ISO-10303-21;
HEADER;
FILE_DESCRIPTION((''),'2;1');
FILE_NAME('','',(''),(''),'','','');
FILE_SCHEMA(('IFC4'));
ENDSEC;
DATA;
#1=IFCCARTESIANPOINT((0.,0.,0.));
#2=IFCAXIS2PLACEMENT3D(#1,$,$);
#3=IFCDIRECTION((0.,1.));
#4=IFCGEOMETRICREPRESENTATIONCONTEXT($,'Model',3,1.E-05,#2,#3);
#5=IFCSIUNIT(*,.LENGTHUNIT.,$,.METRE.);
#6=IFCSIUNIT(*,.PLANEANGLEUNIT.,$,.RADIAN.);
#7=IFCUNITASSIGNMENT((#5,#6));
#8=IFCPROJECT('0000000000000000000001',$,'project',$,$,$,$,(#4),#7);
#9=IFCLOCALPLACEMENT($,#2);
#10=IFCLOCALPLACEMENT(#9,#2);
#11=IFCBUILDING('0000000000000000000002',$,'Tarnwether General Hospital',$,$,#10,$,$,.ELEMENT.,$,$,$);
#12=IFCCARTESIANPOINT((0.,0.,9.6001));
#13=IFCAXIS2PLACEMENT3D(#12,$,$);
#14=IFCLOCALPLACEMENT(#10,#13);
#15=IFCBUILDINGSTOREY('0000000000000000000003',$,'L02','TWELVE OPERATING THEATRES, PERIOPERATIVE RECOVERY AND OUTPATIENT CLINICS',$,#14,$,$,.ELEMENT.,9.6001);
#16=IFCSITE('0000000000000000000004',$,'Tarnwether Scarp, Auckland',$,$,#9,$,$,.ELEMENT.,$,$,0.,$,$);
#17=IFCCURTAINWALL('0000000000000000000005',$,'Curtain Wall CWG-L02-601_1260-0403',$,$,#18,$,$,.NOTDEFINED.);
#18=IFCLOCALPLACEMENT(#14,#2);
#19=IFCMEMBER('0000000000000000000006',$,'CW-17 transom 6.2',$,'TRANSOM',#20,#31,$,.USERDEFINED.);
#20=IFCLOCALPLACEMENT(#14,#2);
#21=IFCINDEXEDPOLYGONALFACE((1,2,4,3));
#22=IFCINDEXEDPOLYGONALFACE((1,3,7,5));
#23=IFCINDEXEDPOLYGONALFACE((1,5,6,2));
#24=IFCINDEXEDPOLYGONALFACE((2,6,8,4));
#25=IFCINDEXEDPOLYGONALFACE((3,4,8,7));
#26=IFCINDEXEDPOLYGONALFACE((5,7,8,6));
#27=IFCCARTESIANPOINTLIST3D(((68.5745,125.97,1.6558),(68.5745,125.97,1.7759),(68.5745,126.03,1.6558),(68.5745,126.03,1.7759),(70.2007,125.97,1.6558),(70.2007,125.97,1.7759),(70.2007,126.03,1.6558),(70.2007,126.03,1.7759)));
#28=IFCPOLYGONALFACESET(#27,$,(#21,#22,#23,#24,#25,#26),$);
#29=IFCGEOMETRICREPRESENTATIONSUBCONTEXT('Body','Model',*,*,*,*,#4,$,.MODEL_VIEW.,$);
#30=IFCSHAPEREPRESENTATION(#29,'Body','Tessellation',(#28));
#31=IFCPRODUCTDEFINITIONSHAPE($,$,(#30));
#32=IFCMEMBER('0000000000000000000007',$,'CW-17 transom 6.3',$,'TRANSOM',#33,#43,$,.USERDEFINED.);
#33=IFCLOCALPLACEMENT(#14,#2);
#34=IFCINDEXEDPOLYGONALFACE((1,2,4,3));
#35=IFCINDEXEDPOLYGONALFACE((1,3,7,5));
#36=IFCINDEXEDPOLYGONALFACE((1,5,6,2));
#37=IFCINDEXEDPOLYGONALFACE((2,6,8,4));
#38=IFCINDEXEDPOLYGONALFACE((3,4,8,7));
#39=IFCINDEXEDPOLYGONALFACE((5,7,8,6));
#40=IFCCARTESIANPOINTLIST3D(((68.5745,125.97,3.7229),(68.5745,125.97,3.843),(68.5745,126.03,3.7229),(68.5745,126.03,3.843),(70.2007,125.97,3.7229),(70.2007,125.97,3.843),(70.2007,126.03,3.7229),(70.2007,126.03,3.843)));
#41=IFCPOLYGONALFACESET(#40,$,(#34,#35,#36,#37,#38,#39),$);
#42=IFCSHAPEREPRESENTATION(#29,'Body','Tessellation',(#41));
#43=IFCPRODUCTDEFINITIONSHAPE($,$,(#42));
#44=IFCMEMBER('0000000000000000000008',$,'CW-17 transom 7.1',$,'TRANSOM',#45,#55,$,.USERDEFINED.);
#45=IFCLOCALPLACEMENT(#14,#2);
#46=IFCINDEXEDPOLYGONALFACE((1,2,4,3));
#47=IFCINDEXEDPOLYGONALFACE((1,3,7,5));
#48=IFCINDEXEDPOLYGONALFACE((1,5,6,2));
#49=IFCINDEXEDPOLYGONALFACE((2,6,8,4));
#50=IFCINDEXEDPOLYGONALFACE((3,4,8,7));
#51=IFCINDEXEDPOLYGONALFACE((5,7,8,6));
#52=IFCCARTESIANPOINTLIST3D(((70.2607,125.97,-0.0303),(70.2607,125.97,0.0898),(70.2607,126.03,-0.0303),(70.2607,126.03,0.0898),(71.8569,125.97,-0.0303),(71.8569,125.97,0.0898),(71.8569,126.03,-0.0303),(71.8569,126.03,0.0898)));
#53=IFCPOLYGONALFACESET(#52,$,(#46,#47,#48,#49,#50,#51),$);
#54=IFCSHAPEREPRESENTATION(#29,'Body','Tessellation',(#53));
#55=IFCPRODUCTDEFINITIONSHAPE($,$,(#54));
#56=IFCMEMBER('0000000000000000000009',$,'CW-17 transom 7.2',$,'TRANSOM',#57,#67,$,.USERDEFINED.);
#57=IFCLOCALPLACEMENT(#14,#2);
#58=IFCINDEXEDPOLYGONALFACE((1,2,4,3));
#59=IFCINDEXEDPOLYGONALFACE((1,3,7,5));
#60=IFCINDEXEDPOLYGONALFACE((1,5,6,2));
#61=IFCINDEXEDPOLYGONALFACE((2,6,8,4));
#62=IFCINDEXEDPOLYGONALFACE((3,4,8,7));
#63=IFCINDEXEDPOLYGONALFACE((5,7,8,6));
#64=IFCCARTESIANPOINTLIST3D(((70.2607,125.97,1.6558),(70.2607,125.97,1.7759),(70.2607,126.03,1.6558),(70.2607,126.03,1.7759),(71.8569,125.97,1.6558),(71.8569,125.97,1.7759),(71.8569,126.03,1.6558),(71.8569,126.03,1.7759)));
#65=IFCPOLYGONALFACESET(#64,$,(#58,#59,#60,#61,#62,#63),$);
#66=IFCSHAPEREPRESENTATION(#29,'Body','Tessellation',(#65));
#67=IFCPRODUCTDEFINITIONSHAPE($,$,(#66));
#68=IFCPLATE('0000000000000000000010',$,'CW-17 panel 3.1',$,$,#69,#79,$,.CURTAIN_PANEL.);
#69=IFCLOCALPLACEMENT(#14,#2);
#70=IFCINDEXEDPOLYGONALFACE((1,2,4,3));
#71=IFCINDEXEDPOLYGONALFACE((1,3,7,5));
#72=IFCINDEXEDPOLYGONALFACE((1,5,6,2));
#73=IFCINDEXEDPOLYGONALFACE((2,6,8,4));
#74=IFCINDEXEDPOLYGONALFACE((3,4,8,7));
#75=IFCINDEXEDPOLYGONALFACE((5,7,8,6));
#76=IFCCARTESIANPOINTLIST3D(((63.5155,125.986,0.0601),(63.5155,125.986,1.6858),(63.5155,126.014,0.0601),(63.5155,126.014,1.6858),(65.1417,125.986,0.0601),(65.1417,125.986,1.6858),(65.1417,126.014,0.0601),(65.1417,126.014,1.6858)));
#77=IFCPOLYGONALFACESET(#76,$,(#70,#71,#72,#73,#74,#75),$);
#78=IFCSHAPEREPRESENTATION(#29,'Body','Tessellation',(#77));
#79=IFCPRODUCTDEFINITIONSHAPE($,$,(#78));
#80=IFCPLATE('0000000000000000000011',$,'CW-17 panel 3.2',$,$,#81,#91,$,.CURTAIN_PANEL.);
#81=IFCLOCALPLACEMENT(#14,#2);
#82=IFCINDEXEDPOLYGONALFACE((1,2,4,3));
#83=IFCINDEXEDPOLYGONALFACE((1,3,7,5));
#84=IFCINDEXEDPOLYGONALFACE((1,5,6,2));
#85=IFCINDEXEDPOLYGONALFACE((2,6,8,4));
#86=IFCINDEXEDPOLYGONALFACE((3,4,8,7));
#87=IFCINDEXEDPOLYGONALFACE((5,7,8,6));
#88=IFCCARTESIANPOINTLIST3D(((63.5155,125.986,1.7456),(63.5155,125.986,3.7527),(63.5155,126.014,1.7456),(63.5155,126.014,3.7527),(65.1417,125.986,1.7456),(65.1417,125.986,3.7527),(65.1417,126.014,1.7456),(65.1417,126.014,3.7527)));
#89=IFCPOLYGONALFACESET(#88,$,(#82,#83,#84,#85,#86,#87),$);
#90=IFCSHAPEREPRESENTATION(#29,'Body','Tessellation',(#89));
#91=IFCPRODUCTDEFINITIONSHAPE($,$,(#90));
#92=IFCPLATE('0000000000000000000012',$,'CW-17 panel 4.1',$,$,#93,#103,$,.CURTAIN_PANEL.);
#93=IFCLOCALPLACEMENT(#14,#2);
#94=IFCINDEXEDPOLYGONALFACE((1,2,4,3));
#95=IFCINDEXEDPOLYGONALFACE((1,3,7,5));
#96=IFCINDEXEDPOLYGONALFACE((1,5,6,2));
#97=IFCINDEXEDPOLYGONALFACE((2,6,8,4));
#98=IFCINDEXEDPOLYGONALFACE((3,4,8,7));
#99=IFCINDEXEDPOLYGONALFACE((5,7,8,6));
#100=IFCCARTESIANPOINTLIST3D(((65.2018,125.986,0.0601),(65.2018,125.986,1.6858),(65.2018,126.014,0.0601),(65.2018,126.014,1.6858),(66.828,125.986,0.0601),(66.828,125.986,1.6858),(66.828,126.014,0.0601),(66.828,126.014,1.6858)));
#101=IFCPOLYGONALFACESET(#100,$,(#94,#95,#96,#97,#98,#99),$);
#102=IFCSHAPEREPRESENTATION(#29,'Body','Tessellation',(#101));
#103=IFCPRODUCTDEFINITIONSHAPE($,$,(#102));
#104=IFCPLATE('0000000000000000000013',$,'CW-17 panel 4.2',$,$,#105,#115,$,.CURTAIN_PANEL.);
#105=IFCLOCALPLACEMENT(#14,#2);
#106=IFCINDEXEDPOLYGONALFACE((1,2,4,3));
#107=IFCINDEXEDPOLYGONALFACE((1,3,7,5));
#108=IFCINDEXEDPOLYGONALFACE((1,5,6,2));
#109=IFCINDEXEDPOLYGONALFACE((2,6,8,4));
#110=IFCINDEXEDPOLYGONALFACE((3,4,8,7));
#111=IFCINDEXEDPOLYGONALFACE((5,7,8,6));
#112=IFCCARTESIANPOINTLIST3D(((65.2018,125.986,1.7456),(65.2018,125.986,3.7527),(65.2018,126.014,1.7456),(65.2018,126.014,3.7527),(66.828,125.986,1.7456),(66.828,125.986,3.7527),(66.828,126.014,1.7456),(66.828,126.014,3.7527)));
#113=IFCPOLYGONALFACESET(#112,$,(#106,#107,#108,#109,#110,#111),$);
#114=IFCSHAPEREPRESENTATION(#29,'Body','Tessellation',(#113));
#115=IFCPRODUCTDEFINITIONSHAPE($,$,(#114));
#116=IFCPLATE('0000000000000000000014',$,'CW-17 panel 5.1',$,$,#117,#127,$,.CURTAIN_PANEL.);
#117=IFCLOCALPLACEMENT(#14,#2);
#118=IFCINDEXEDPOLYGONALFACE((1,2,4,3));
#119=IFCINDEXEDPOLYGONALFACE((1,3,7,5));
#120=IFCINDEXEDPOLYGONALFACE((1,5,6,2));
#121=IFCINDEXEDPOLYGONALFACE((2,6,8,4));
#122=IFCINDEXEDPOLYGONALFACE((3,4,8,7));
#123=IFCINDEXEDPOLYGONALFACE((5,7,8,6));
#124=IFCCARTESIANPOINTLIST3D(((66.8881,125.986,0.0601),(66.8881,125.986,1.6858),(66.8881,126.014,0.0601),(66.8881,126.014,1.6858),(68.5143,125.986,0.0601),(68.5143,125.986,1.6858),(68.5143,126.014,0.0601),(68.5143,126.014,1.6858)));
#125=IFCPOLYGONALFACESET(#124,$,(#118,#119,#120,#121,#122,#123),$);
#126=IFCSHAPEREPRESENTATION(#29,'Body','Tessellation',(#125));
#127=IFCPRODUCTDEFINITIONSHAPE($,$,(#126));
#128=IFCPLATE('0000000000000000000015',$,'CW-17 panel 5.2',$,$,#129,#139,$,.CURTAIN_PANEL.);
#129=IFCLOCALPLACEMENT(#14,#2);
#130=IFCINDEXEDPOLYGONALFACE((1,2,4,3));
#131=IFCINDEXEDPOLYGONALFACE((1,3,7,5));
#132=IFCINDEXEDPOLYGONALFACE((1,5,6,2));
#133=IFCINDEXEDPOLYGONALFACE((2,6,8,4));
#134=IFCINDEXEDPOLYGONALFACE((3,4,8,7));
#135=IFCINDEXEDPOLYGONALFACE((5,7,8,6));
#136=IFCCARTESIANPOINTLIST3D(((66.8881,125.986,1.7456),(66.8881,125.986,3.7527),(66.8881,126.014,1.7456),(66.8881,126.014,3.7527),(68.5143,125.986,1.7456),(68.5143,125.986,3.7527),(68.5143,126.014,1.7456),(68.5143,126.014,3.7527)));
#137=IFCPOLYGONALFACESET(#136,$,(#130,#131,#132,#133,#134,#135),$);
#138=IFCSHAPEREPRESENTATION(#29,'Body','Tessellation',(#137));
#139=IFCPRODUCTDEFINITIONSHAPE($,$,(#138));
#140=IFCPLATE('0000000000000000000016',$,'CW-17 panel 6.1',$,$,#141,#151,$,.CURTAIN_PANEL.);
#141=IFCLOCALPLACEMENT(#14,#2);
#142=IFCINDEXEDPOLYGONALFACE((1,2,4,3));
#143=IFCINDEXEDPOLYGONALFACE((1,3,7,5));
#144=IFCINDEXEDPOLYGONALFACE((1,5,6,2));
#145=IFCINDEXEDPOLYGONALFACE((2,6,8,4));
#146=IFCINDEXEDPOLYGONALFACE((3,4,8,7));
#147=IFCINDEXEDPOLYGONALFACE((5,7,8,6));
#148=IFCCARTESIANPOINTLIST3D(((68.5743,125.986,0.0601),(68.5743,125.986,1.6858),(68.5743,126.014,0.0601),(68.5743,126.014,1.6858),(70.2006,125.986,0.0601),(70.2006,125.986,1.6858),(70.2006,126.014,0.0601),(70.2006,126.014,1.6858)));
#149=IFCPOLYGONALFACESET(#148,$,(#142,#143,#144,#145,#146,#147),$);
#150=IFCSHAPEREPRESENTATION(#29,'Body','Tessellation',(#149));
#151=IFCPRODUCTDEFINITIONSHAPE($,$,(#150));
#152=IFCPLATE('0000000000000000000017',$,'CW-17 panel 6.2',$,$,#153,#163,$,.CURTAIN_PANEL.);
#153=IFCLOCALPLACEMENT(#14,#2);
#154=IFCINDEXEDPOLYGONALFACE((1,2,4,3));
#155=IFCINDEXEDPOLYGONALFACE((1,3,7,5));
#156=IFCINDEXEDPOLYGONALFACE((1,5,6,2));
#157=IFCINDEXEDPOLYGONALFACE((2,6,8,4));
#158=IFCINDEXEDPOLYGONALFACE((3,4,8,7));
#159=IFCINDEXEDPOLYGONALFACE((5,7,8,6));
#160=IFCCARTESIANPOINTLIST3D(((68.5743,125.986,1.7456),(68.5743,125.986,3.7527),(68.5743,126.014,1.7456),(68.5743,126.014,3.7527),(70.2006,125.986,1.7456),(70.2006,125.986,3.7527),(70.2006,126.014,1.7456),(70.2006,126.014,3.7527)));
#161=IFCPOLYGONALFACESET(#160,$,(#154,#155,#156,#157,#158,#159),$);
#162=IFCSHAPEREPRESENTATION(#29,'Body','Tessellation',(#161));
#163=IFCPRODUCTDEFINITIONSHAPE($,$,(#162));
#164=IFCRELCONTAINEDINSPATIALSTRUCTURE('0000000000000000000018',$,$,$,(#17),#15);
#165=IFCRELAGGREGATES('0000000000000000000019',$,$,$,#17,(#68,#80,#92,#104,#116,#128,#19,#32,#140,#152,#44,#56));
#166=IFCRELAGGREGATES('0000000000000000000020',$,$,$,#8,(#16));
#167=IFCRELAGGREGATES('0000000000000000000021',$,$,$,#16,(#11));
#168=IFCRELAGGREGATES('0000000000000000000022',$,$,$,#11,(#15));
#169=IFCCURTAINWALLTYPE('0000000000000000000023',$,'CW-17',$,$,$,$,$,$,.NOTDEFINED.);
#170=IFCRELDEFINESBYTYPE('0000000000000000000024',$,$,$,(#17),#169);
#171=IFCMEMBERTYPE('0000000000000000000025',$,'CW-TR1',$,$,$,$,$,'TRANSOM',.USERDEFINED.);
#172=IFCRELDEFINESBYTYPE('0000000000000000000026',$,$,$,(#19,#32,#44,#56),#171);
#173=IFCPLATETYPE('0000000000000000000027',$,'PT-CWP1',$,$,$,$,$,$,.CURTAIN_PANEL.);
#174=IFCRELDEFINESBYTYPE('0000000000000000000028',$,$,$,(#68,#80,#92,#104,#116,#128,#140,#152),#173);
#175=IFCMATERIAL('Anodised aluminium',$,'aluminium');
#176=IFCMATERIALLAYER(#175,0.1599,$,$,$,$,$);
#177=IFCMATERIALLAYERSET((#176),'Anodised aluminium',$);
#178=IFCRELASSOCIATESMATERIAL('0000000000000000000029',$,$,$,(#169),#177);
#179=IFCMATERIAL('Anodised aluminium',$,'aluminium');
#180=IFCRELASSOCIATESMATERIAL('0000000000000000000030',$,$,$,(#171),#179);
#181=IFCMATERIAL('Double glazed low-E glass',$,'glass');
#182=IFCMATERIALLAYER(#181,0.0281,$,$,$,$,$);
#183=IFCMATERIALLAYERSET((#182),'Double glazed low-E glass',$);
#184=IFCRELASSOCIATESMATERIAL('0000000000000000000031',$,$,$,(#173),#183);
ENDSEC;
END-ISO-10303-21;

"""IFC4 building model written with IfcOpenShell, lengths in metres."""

from ifc_helpers import new_model, si_unit, direction, frame, origin, origin_2d, place, context, subcontext, project, spatial, rectangle, extrude, material, layer, layer_set, material_profile, profile_set, type_object, element, aggregate, save


model = new_model("IFC4")

# Units and contexts
model_context = context("Model", 3, precision=1e-05, world=origin(), true_north=direction((0.0, 1.0)))
body_context = subcontext(model_context, "Body", "Model", "MODEL_VIEW")
ifc_project = project(units=[si_unit("LENGTHUNIT", "METRE"), si_unit("PLANEANGLEUNIT", "RADIAN")], contexts=[model_context])

# Site, building, storey
site_placement = place(None, origin())
site = spatial("IfcSite", under=ifc_project, at=site_placement, Name="Tarnwether Scarp, Auckland", CompositionType="ELEMENT", RefElevation=0.0)
building_placement = place(site_placement, origin())
building = spatial("IfcBuilding", under=site, at=building_placement, Name="Tarnwether General Hospital", CompositionType="ELEMENT")
storey_placement = place(building_placement, frame((0.0, 0.0, 9.6001)))
storey = spatial("IfcBuildingStorey", under=building, at=storey_placement, Name="L02", Description="TWELVE OPERATING THEATRES, PERIOPERATIVE RECOVERY AND OUTPATIENT CLINICS", CompositionType="ELEMENT", Elevation=9.6001)

# Curtain wall, members, plates
ifc_material_1 = material(Name="Anodised aluminium", Category="aluminium")
ifc_layer_1 = layer(ifc_material_1, 0.1599)
ifc_layer_set_1 = layer_set([ifc_layer_1], Name="Anodised aluminium")
curtain_wall_type = type_object("IfcCurtainWallType", Name="CW-17", PredefinedType="NOTDEFINED", material=ifc_layer_set_1)
curtain_wall_placement = place(storey_placement, origin())
curtain_wall = element("IfcCurtainWall", 1, at=curtain_wall_placement, inside=storey, type_object=curtain_wall_type, Name="Curtain Wall CWG-L02-601_1260-0403", PredefinedType="NOTDEFINED")
ifc_material_2 = material(Name="Anodised aluminium", Category="aluminium")
ifc_material_profile_1 = material_profile(ifc_material_2, rectangle(XDim=0.0601, YDim=0.1201, at=origin_2d()), Name="ALU-TRN-60x120")
ifc_profile_set_1 = profile_set([ifc_material_profile_1], Name="Anodised aluminium")
member_type_1 = type_object("IfcMemberType", Name="CW-TR1", ElementType="TRANSOM", PredefinedType="USERDEFINED", material=ifc_profile_set_1)
member_1_placement = place(storey_placement, frame((68.5745, 126.0, 1.7158), z_axis=(1.0, 0.0, 0.0), x_axis=(0.0, 1.0, 0.0)))
member_1 = element("IfcMember", 2, at=member_1_placement, type_object=member_type_1, Name="CW-17 transom 6.2", ObjectType="TRANSOM", PredefinedType="USERDEFINED", context=body_context, shape_type="SweptSolid", body=[
    extrude(rectangle(XDim=0.0601, YDim=0.1201, at=origin_2d()), origin(), (0.0, 0.0, 1.0), 1.6262),
])
member_2_placement = place(storey_placement, frame((68.5745, 126.0, 3.783), z_axis=(1.0, 0.0, 0.0), x_axis=(0.0, 1.0, 0.0)))
member_2 = element("IfcMember", 3, at=member_2_placement, type_object=member_type_1, Name="CW-17 transom 6.3", ObjectType="TRANSOM", PredefinedType="USERDEFINED", context=body_context, shape_type="SweptSolid", body=[
    extrude(rectangle(XDim=0.0601, YDim=0.1201, at=origin_2d()), origin(), (0.0, 0.0, 1.0), 1.6262),
])
member_3_placement = place(storey_placement, frame((70.2607, 126.0, 0.0298), z_axis=(1.0, 0.0, 0.0), x_axis=(0.0, 1.0, 0.0)))
member_3 = element("IfcMember", 4, at=member_3_placement, type_object=member_type_1, Name="CW-17 transom 7.1", ObjectType="TRANSOM", PredefinedType="USERDEFINED", context=body_context, shape_type="SweptSolid", body=[
    extrude(rectangle(XDim=0.0601, YDim=0.1201, at=origin_2d()), origin(), (0.0, 0.0, 1.0), 1.5962),
])
member_4_placement = place(storey_placement, frame((70.2607, 126.0, 1.7158), z_axis=(1.0, 0.0, 0.0), x_axis=(0.0, 1.0, 0.0)))
member_4 = element("IfcMember", 5, at=member_4_placement, type_object=member_type_1, Name="CW-17 transom 7.2", ObjectType="TRANSOM", PredefinedType="USERDEFINED", context=body_context, shape_type="SweptSolid", body=[
    extrude(rectangle(XDim=0.0601, YDim=0.1201, at=origin_2d()), origin(), (0.0, 0.0, 1.0), 1.5962),
])
ifc_material_3 = material(Name="Double glazed low-E glass", Category="glass")
ifc_layer_2 = layer(ifc_material_3, 0.0281)
ifc_layer_set_2 = layer_set([ifc_layer_2], Name="Double glazed low-E glass")
plate_type = type_object("IfcPlateType", Name="PT-CWP1", PredefinedType="CURTAIN_PANEL", material=ifc_layer_set_2)
plate_1_placement = place(storey_placement, frame((64.3286, 126.0, 0.0601), z_axis=(0.0, 0.0, 1.0), x_axis=(1.0, 0.0, 0.0)))
plate_1 = element("IfcPlate", 6, at=plate_1_placement, type_object=plate_type, Name="CW-17 panel 3.1", PredefinedType="CURTAIN_PANEL", context=body_context, shape_type="SweptSolid", body=[
    extrude(rectangle(XDim=1.6262, YDim=0.0281, at=origin_2d()), origin(), (0.0, 0.0, 1.0), 1.6257),
])
plate_2_placement = place(storey_placement, frame((64.3286, 126.0, 1.7456), z_axis=(0.0, 0.0, 1.0), x_axis=(1.0, 0.0, 0.0)))
plate_2 = element("IfcPlate", 7, at=plate_2_placement, type_object=plate_type, Name="CW-17 panel 3.2", PredefinedType="CURTAIN_PANEL", context=body_context, shape_type="SweptSolid", body=[
    extrude(rectangle(XDim=1.6262, YDim=0.0281, at=origin_2d()), origin(), (0.0, 0.0, 1.0), 2.0071),
])
plate_3_placement = place(storey_placement, frame((66.0149, 126.0, 0.0601), z_axis=(0.0, 0.0, 1.0), x_axis=(1.0, 0.0, 0.0)))
plate_3 = element("IfcPlate", 8, at=plate_3_placement, type_object=plate_type, Name="CW-17 panel 4.1", PredefinedType="CURTAIN_PANEL", context=body_context, shape_type="SweptSolid", body=[
    extrude(rectangle(XDim=1.6262, YDim=0.0281, at=origin_2d()), origin(), (0.0, 0.0, 1.0), 1.6257),
])
plate_4_placement = place(storey_placement, frame((66.0149, 126.0, 1.7456), z_axis=(0.0, 0.0, 1.0), x_axis=(1.0, 0.0, 0.0)))
plate_4 = element("IfcPlate", 9, at=plate_4_placement, type_object=plate_type, Name="CW-17 panel 4.2", PredefinedType="CURTAIN_PANEL", context=body_context, shape_type="SweptSolid", body=[
    extrude(rectangle(XDim=1.6262, YDim=0.0281, at=origin_2d()), origin(), (0.0, 0.0, 1.0), 2.0071),
])
plate_5_placement = place(storey_placement, frame((67.7012, 126.0, 0.0601), z_axis=(0.0, 0.0, 1.0), x_axis=(1.0, 0.0, 0.0)))
plate_5 = element("IfcPlate", 10, at=plate_5_placement, type_object=plate_type, Name="CW-17 panel 5.1", PredefinedType="CURTAIN_PANEL", context=body_context, shape_type="SweptSolid", body=[
    extrude(rectangle(XDim=1.6262, YDim=0.0281, at=origin_2d()), origin(), (0.0, 0.0, 1.0), 1.6257),
])
plate_6_placement = place(storey_placement, frame((67.7012, 126.0, 1.7456), z_axis=(0.0, 0.0, 1.0), x_axis=(1.0, 0.0, 0.0)))
plate_6 = element("IfcPlate", 11, at=plate_6_placement, type_object=plate_type, Name="CW-17 panel 5.2", PredefinedType="CURTAIN_PANEL", context=body_context, shape_type="SweptSolid", body=[
    extrude(rectangle(XDim=1.6262, YDim=0.0281, at=origin_2d()), origin(), (0.0, 0.0, 1.0), 2.0071),
])
plate_7_placement = place(storey_placement, frame((69.3875, 126.0, 0.0601), z_axis=(0.0, 0.0, 1.0), x_axis=(1.0, 0.0, 0.0)))
plate_7 = element("IfcPlate", 12, at=plate_7_placement, type_object=plate_type, Name="CW-17 panel 6.1", PredefinedType="CURTAIN_PANEL", context=body_context, shape_type="SweptSolid", body=[
    extrude(rectangle(XDim=1.6262, YDim=0.0281, at=origin_2d()), origin(), (0.0, 0.0, 1.0), 1.6257),
])
plate_8_placement = place(storey_placement, frame((69.3875, 126.0, 1.7456), z_axis=(0.0, 0.0, 1.0), x_axis=(1.0, 0.0, 0.0)))
plate_8 = element("IfcPlate", 13, at=plate_8_placement, type_object=plate_type, Name="CW-17 panel 6.2", PredefinedType="CURTAIN_PANEL", context=body_context, shape_type="SweptSolid", body=[
    extrude(rectangle(XDim=1.6262, YDim=0.0281, at=origin_2d()), origin(), (0.0, 0.0, 1.0), 2.0071),
])
aggregate(curtain_wall, [plate_1, plate_2, plate_3, plate_4, plate_5, plate_6, member_1, member_2, plate_7, plate_8, member_3, member_4])

save(model, "model.ifc")
